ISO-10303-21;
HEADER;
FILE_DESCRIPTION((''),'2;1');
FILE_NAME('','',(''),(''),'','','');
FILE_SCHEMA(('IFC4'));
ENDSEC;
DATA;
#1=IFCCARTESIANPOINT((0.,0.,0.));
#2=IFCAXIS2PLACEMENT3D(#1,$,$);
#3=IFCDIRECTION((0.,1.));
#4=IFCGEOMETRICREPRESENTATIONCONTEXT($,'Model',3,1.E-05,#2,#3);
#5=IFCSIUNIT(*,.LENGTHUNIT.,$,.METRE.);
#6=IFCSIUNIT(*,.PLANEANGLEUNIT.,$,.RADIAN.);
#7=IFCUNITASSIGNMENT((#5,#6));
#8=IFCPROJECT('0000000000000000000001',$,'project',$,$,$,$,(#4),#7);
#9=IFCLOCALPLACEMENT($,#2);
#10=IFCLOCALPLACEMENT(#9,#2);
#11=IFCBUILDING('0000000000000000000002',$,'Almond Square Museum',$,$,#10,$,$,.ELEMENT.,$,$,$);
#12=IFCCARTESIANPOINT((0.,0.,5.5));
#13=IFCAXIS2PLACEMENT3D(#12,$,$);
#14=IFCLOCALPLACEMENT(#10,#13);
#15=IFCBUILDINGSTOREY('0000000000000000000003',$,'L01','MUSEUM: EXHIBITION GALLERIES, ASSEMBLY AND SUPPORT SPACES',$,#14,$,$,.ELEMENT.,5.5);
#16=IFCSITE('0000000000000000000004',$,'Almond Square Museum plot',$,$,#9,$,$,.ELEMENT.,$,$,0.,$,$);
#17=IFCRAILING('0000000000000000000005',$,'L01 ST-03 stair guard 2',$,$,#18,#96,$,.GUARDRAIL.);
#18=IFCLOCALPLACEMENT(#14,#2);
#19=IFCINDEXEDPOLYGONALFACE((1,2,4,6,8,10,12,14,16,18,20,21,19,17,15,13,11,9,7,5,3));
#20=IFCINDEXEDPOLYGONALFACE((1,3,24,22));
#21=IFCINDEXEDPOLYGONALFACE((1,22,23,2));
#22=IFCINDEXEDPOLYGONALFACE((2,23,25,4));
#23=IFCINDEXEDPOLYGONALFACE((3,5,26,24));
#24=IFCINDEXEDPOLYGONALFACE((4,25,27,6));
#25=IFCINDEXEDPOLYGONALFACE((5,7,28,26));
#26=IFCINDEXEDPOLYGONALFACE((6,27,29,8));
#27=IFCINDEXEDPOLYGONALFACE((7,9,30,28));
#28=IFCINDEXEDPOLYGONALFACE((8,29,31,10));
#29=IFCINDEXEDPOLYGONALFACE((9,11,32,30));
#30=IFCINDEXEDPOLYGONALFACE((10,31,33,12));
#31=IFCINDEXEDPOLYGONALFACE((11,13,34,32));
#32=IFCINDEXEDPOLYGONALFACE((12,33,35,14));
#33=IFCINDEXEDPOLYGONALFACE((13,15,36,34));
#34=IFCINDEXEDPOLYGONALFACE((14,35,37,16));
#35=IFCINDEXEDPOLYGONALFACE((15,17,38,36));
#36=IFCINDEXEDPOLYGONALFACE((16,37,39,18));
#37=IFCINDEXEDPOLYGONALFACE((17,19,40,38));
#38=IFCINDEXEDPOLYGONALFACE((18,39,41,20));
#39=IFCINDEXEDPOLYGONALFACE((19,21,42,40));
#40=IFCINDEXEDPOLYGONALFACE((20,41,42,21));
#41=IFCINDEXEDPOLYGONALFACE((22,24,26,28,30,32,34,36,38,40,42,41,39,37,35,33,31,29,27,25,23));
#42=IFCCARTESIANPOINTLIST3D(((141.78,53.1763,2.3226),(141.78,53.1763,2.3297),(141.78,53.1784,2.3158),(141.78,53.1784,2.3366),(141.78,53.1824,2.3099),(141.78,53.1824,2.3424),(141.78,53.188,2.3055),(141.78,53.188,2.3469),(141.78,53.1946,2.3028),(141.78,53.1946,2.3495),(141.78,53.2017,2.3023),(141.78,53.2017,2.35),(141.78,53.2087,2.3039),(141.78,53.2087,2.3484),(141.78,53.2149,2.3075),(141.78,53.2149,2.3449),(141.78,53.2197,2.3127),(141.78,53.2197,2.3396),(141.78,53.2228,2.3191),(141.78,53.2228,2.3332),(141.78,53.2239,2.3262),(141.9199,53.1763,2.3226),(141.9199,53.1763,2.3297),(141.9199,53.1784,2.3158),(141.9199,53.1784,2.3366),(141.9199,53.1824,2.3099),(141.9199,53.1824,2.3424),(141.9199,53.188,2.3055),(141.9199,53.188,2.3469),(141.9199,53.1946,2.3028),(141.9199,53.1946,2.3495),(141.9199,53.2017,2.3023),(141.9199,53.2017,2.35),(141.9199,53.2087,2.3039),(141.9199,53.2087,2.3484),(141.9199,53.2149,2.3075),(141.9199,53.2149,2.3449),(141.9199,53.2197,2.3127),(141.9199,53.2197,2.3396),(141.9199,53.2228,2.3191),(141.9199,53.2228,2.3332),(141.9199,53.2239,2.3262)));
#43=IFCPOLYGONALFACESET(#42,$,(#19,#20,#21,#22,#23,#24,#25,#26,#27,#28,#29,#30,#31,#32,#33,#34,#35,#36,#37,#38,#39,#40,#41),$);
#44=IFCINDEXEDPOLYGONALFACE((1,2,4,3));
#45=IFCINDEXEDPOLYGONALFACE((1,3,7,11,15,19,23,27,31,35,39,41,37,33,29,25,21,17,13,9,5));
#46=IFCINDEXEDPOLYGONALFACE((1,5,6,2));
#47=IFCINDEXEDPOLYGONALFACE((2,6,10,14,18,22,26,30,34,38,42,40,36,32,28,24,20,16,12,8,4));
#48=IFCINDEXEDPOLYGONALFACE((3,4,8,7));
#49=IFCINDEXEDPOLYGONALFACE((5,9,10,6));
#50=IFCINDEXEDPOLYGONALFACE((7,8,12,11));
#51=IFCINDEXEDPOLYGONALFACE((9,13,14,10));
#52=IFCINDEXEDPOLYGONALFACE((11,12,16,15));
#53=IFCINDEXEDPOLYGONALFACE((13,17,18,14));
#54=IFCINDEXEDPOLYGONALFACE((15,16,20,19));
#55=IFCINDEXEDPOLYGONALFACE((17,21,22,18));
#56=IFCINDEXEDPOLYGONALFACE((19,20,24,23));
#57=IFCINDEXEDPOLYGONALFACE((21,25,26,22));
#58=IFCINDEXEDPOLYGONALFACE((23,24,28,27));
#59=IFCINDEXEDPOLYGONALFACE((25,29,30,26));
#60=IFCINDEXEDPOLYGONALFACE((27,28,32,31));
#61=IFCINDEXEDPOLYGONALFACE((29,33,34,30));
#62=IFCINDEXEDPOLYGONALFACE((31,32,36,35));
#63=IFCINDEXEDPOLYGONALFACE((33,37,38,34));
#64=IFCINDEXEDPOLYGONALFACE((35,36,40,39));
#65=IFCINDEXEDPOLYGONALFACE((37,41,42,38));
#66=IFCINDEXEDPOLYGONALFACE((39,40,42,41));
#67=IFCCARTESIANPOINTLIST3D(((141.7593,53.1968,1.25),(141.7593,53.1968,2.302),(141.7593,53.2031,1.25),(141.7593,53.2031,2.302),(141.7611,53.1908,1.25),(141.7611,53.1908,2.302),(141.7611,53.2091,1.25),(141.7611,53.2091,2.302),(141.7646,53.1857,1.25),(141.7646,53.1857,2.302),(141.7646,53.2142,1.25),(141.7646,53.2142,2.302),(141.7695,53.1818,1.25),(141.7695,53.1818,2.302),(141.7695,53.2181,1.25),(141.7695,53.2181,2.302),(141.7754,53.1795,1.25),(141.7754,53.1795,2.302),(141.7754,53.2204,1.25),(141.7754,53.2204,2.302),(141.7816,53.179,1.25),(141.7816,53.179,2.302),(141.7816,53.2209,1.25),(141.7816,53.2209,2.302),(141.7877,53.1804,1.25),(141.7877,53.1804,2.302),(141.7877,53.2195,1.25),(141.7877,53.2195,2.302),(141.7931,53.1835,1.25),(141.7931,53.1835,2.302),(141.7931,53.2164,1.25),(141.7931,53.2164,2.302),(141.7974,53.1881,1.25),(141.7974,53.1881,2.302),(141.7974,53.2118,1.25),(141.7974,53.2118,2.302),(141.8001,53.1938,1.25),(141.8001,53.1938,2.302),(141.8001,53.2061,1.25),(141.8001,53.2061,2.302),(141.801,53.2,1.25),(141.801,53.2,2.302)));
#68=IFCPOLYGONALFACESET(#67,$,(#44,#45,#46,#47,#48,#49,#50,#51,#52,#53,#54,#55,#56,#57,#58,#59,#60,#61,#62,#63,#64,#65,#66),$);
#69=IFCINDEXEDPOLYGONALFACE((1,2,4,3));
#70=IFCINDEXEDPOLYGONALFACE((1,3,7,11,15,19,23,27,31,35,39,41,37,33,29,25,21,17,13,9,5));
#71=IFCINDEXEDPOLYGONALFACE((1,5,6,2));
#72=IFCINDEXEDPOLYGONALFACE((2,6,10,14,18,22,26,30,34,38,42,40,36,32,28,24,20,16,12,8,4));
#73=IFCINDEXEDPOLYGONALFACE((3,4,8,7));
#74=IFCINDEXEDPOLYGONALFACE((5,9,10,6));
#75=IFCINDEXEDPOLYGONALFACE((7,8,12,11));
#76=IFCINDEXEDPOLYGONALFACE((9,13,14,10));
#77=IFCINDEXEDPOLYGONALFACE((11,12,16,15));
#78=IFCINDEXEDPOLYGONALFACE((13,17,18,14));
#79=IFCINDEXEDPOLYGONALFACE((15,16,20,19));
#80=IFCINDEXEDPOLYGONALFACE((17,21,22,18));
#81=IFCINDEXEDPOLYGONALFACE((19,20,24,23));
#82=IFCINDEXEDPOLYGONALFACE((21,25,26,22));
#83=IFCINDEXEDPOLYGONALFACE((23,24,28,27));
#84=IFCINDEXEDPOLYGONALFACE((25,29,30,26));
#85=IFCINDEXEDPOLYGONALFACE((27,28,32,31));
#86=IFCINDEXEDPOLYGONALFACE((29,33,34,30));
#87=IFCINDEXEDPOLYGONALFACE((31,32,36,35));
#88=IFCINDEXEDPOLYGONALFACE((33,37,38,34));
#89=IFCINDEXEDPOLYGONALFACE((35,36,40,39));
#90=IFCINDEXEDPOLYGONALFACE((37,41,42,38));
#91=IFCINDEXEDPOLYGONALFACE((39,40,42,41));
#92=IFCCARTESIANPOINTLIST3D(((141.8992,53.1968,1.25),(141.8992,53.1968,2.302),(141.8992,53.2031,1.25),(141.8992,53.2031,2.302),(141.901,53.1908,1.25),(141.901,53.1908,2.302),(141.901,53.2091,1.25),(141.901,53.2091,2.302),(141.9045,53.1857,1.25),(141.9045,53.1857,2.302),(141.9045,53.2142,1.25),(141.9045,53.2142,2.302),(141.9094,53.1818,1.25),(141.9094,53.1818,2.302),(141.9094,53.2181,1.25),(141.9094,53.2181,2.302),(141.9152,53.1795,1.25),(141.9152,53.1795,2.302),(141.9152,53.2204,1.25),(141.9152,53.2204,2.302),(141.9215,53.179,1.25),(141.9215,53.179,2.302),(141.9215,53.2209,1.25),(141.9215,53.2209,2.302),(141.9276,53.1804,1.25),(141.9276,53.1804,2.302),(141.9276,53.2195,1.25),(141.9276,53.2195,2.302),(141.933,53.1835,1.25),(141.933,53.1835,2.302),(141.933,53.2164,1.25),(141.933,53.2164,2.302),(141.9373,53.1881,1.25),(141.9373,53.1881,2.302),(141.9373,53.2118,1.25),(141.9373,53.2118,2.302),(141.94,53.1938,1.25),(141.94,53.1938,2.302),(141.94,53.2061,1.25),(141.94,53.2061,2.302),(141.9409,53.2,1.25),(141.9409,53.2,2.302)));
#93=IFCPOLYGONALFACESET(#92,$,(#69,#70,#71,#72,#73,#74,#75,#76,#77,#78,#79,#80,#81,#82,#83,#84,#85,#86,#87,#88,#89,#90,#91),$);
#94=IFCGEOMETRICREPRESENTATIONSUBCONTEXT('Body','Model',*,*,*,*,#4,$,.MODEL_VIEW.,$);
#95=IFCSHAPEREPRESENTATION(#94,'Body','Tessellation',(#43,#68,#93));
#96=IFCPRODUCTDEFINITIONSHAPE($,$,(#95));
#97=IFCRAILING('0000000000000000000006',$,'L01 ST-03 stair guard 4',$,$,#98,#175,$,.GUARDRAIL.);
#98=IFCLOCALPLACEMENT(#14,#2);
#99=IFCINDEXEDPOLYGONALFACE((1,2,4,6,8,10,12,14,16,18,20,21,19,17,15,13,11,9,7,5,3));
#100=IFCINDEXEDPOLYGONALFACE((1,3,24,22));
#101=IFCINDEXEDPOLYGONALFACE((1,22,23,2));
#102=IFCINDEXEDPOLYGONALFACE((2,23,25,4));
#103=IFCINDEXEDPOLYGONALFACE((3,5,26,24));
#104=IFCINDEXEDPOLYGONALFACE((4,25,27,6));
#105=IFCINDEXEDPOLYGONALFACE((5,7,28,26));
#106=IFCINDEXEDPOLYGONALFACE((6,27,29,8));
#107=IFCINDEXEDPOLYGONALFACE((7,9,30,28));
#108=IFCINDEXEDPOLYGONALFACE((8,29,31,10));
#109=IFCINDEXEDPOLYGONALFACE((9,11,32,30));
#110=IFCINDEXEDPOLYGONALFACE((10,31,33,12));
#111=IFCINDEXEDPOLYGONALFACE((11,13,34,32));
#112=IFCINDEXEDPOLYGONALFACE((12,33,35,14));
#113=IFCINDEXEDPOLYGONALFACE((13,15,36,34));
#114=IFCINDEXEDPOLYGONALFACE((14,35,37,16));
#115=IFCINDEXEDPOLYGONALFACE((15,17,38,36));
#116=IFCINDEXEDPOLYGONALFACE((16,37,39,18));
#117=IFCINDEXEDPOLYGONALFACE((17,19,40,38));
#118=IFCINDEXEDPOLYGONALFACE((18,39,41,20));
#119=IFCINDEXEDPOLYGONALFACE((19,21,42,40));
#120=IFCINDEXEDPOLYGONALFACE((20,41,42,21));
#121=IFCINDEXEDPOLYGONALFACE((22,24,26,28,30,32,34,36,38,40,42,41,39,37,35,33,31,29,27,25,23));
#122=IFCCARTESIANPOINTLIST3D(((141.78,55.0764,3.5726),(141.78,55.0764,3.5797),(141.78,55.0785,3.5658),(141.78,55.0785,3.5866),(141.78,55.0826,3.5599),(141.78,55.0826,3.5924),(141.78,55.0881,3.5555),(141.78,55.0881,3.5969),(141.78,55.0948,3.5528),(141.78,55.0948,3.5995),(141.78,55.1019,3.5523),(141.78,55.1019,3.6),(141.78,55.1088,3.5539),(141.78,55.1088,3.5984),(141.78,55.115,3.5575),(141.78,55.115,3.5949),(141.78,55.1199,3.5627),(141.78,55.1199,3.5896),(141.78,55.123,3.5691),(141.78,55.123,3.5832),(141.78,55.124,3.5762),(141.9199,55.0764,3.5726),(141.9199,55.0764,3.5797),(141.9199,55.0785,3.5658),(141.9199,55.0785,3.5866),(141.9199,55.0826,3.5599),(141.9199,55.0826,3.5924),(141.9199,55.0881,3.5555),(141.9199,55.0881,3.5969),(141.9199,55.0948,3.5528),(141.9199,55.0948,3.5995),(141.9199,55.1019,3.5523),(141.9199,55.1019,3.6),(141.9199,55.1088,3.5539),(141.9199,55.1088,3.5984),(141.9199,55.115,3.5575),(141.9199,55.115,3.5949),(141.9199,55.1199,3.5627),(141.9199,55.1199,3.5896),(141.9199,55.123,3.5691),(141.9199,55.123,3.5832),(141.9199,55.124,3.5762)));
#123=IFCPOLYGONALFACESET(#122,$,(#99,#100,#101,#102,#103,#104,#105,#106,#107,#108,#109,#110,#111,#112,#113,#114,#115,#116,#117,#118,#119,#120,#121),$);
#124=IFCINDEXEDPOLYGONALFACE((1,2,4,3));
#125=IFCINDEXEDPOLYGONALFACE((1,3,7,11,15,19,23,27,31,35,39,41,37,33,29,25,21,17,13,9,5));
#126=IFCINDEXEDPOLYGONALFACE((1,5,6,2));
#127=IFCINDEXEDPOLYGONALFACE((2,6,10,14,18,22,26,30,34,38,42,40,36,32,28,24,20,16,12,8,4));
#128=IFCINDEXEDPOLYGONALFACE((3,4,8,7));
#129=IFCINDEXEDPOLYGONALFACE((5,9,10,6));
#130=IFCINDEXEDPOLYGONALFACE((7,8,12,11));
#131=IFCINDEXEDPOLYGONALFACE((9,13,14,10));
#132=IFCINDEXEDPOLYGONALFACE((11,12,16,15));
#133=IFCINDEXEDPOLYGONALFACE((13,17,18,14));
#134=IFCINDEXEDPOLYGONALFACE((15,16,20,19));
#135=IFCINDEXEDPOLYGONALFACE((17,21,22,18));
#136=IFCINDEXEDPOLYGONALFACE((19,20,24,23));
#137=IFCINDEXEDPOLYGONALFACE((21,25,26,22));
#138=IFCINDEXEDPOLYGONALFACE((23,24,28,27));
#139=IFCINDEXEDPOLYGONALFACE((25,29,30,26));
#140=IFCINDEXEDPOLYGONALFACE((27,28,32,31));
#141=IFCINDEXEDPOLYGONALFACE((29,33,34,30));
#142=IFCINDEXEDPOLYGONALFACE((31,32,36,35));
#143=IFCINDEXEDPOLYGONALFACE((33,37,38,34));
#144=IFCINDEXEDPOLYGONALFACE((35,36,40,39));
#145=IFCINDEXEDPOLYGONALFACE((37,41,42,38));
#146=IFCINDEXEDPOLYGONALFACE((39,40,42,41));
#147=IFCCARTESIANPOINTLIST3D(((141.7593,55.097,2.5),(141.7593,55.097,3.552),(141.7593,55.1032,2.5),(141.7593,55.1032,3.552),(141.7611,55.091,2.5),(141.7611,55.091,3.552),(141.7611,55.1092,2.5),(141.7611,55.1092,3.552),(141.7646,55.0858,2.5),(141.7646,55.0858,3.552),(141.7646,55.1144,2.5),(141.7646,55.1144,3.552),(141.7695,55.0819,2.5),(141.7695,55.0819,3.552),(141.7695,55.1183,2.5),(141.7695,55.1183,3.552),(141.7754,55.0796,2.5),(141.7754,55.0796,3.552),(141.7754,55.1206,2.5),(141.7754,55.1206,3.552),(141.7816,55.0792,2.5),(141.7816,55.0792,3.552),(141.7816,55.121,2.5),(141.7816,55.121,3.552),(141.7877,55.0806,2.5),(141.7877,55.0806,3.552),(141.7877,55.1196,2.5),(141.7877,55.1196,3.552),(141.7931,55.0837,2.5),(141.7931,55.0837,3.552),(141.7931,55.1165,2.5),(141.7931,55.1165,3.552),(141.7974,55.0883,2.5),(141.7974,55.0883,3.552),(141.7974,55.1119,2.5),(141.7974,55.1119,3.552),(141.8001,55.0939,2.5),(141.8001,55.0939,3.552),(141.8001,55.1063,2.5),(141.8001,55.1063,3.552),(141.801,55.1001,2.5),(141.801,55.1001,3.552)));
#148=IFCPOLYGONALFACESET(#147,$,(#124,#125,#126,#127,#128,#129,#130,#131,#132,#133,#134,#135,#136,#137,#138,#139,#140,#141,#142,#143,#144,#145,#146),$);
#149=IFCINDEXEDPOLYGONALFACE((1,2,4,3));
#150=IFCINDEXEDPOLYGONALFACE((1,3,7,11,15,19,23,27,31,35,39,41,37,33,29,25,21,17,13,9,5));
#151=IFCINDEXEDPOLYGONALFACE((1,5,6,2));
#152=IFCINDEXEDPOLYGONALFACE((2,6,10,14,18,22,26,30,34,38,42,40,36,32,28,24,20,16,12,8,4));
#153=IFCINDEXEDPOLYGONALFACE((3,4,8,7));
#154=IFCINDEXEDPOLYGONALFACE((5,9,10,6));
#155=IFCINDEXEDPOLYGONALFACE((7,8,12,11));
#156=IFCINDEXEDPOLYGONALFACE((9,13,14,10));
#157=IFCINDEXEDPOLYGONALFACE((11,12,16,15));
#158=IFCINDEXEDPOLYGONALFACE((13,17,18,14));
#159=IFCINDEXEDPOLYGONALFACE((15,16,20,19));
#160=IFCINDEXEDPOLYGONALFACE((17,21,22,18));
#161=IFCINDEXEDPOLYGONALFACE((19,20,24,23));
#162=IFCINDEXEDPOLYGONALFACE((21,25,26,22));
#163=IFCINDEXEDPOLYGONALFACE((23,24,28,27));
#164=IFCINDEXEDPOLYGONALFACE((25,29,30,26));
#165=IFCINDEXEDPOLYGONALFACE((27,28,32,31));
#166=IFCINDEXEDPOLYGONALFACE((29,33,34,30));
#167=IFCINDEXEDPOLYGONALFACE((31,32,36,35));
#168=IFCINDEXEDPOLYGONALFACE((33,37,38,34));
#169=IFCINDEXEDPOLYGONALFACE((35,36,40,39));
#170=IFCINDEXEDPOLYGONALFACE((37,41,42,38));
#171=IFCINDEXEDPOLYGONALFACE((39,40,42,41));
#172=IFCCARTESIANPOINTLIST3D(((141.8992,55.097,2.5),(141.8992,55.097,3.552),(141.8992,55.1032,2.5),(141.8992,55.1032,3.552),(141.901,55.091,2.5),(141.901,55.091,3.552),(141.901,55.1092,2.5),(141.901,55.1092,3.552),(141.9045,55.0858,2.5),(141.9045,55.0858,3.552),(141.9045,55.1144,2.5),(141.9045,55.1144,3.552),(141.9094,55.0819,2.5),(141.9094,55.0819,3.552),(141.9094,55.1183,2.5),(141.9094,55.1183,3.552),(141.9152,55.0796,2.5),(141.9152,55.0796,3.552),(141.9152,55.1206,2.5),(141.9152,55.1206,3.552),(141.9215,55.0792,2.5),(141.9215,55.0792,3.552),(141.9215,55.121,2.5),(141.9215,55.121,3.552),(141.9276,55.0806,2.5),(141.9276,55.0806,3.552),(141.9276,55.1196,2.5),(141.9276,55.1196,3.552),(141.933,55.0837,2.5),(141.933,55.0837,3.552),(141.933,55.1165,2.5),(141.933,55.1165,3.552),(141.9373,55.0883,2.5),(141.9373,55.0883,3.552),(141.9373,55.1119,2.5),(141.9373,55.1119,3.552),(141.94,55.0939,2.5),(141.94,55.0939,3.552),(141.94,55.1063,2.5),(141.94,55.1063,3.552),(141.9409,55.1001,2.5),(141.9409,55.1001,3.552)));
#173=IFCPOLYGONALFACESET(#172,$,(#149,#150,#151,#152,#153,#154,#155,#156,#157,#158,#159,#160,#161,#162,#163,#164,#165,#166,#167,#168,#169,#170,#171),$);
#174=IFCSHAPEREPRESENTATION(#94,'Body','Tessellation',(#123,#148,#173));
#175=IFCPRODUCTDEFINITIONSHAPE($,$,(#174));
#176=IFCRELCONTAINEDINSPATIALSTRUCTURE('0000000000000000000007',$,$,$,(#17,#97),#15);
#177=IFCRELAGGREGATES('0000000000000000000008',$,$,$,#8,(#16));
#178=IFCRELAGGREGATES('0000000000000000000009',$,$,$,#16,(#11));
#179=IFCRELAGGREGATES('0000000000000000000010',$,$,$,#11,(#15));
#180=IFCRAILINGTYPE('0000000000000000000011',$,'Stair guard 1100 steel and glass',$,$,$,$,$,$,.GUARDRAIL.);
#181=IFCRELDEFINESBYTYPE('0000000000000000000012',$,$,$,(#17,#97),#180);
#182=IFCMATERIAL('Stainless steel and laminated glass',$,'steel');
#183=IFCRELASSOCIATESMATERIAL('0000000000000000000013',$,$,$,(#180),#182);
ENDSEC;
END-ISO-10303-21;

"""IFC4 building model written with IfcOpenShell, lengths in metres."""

from ifc_helpers import new_model, si_unit, direction, frame, origin, origin_2d, place, context, subcontext, project, spatial, circle, extrude, material, type_object, element, save


model = new_model("IFC4")

# Units and contexts
model_context = context("Model", 3, precision=1e-05, world=origin(), true_north=direction((0.0, 1.0)))
body_context = subcontext(model_context, "Body", "Model", "MODEL_VIEW")
ifc_project = project(units=[si_unit("LENGTHUNIT", "METRE"), si_unit("PLANEANGLEUNIT", "RADIAN")], contexts=[model_context])

# Site, building, storey
site_placement = place(None, origin())
site = spatial("IfcSite", under=ifc_project, at=site_placement, Name="Almond Square Museum plot", CompositionType="ELEMENT", RefElevation=0.0)
building_placement = place(site_placement, origin())
building = spatial("IfcBuilding", under=site, at=building_placement, Name="Almond Square Museum", CompositionType="ELEMENT")
storey_placement = place(building_placement, frame((0.0, 0.0, 5.5)))
storey = spatial("IfcBuildingStorey", under=building, at=storey_placement, Name="L01", Description="MUSEUM: EXHIBITION GALLERIES, ASSEMBLY AND SUPPORT SPACES", CompositionType="ELEMENT", Elevation=5.5)

# Railings
ifc_material_1 = material(Name="Stainless steel and laminated glass", Category="steel")
railing_type_1 = type_object("IfcRailingType", Name="Stair guard 1100 steel and glass", PredefinedType="GUARDRAIL", material=ifc_material_1)
for number, where, name in (
    (1, (141.78, 53.2, 1.25), "L01 ST-03 stair guard 2"),
    (2, (141.78, 55.1001, 2.5), "L01 ST-03 stair guard 4"),
):
    element("IfcRailing", number, at=place(storey_placement, frame(where)), inside=storey, type_object=railing_type_1, Name=name, PredefinedType="GUARDRAIL", context=body_context, shape_type="SweptSolid", body=[
        extrude(circle(Radius=0.0239, at=origin_2d()), frame((0.0, 0.0, 1.0762), z_axis=(1.0, 0.0, 0.0), x_axis=(0.0, 1.0, 0.0)), (0.0, 0.0, 1.0), 0.1399),
        extrude(circle(Radius=0.021, at=origin_2d()), origin(), (0.0, 0.0, 1.0), 1.052),
        extrude(circle(Radius=0.021, at=origin_2d()), frame((0.1399, 0.0, 0.0)), (0.0, 0.0, 1.0), 1.052),
    ])

save(model, "model.ifc")
